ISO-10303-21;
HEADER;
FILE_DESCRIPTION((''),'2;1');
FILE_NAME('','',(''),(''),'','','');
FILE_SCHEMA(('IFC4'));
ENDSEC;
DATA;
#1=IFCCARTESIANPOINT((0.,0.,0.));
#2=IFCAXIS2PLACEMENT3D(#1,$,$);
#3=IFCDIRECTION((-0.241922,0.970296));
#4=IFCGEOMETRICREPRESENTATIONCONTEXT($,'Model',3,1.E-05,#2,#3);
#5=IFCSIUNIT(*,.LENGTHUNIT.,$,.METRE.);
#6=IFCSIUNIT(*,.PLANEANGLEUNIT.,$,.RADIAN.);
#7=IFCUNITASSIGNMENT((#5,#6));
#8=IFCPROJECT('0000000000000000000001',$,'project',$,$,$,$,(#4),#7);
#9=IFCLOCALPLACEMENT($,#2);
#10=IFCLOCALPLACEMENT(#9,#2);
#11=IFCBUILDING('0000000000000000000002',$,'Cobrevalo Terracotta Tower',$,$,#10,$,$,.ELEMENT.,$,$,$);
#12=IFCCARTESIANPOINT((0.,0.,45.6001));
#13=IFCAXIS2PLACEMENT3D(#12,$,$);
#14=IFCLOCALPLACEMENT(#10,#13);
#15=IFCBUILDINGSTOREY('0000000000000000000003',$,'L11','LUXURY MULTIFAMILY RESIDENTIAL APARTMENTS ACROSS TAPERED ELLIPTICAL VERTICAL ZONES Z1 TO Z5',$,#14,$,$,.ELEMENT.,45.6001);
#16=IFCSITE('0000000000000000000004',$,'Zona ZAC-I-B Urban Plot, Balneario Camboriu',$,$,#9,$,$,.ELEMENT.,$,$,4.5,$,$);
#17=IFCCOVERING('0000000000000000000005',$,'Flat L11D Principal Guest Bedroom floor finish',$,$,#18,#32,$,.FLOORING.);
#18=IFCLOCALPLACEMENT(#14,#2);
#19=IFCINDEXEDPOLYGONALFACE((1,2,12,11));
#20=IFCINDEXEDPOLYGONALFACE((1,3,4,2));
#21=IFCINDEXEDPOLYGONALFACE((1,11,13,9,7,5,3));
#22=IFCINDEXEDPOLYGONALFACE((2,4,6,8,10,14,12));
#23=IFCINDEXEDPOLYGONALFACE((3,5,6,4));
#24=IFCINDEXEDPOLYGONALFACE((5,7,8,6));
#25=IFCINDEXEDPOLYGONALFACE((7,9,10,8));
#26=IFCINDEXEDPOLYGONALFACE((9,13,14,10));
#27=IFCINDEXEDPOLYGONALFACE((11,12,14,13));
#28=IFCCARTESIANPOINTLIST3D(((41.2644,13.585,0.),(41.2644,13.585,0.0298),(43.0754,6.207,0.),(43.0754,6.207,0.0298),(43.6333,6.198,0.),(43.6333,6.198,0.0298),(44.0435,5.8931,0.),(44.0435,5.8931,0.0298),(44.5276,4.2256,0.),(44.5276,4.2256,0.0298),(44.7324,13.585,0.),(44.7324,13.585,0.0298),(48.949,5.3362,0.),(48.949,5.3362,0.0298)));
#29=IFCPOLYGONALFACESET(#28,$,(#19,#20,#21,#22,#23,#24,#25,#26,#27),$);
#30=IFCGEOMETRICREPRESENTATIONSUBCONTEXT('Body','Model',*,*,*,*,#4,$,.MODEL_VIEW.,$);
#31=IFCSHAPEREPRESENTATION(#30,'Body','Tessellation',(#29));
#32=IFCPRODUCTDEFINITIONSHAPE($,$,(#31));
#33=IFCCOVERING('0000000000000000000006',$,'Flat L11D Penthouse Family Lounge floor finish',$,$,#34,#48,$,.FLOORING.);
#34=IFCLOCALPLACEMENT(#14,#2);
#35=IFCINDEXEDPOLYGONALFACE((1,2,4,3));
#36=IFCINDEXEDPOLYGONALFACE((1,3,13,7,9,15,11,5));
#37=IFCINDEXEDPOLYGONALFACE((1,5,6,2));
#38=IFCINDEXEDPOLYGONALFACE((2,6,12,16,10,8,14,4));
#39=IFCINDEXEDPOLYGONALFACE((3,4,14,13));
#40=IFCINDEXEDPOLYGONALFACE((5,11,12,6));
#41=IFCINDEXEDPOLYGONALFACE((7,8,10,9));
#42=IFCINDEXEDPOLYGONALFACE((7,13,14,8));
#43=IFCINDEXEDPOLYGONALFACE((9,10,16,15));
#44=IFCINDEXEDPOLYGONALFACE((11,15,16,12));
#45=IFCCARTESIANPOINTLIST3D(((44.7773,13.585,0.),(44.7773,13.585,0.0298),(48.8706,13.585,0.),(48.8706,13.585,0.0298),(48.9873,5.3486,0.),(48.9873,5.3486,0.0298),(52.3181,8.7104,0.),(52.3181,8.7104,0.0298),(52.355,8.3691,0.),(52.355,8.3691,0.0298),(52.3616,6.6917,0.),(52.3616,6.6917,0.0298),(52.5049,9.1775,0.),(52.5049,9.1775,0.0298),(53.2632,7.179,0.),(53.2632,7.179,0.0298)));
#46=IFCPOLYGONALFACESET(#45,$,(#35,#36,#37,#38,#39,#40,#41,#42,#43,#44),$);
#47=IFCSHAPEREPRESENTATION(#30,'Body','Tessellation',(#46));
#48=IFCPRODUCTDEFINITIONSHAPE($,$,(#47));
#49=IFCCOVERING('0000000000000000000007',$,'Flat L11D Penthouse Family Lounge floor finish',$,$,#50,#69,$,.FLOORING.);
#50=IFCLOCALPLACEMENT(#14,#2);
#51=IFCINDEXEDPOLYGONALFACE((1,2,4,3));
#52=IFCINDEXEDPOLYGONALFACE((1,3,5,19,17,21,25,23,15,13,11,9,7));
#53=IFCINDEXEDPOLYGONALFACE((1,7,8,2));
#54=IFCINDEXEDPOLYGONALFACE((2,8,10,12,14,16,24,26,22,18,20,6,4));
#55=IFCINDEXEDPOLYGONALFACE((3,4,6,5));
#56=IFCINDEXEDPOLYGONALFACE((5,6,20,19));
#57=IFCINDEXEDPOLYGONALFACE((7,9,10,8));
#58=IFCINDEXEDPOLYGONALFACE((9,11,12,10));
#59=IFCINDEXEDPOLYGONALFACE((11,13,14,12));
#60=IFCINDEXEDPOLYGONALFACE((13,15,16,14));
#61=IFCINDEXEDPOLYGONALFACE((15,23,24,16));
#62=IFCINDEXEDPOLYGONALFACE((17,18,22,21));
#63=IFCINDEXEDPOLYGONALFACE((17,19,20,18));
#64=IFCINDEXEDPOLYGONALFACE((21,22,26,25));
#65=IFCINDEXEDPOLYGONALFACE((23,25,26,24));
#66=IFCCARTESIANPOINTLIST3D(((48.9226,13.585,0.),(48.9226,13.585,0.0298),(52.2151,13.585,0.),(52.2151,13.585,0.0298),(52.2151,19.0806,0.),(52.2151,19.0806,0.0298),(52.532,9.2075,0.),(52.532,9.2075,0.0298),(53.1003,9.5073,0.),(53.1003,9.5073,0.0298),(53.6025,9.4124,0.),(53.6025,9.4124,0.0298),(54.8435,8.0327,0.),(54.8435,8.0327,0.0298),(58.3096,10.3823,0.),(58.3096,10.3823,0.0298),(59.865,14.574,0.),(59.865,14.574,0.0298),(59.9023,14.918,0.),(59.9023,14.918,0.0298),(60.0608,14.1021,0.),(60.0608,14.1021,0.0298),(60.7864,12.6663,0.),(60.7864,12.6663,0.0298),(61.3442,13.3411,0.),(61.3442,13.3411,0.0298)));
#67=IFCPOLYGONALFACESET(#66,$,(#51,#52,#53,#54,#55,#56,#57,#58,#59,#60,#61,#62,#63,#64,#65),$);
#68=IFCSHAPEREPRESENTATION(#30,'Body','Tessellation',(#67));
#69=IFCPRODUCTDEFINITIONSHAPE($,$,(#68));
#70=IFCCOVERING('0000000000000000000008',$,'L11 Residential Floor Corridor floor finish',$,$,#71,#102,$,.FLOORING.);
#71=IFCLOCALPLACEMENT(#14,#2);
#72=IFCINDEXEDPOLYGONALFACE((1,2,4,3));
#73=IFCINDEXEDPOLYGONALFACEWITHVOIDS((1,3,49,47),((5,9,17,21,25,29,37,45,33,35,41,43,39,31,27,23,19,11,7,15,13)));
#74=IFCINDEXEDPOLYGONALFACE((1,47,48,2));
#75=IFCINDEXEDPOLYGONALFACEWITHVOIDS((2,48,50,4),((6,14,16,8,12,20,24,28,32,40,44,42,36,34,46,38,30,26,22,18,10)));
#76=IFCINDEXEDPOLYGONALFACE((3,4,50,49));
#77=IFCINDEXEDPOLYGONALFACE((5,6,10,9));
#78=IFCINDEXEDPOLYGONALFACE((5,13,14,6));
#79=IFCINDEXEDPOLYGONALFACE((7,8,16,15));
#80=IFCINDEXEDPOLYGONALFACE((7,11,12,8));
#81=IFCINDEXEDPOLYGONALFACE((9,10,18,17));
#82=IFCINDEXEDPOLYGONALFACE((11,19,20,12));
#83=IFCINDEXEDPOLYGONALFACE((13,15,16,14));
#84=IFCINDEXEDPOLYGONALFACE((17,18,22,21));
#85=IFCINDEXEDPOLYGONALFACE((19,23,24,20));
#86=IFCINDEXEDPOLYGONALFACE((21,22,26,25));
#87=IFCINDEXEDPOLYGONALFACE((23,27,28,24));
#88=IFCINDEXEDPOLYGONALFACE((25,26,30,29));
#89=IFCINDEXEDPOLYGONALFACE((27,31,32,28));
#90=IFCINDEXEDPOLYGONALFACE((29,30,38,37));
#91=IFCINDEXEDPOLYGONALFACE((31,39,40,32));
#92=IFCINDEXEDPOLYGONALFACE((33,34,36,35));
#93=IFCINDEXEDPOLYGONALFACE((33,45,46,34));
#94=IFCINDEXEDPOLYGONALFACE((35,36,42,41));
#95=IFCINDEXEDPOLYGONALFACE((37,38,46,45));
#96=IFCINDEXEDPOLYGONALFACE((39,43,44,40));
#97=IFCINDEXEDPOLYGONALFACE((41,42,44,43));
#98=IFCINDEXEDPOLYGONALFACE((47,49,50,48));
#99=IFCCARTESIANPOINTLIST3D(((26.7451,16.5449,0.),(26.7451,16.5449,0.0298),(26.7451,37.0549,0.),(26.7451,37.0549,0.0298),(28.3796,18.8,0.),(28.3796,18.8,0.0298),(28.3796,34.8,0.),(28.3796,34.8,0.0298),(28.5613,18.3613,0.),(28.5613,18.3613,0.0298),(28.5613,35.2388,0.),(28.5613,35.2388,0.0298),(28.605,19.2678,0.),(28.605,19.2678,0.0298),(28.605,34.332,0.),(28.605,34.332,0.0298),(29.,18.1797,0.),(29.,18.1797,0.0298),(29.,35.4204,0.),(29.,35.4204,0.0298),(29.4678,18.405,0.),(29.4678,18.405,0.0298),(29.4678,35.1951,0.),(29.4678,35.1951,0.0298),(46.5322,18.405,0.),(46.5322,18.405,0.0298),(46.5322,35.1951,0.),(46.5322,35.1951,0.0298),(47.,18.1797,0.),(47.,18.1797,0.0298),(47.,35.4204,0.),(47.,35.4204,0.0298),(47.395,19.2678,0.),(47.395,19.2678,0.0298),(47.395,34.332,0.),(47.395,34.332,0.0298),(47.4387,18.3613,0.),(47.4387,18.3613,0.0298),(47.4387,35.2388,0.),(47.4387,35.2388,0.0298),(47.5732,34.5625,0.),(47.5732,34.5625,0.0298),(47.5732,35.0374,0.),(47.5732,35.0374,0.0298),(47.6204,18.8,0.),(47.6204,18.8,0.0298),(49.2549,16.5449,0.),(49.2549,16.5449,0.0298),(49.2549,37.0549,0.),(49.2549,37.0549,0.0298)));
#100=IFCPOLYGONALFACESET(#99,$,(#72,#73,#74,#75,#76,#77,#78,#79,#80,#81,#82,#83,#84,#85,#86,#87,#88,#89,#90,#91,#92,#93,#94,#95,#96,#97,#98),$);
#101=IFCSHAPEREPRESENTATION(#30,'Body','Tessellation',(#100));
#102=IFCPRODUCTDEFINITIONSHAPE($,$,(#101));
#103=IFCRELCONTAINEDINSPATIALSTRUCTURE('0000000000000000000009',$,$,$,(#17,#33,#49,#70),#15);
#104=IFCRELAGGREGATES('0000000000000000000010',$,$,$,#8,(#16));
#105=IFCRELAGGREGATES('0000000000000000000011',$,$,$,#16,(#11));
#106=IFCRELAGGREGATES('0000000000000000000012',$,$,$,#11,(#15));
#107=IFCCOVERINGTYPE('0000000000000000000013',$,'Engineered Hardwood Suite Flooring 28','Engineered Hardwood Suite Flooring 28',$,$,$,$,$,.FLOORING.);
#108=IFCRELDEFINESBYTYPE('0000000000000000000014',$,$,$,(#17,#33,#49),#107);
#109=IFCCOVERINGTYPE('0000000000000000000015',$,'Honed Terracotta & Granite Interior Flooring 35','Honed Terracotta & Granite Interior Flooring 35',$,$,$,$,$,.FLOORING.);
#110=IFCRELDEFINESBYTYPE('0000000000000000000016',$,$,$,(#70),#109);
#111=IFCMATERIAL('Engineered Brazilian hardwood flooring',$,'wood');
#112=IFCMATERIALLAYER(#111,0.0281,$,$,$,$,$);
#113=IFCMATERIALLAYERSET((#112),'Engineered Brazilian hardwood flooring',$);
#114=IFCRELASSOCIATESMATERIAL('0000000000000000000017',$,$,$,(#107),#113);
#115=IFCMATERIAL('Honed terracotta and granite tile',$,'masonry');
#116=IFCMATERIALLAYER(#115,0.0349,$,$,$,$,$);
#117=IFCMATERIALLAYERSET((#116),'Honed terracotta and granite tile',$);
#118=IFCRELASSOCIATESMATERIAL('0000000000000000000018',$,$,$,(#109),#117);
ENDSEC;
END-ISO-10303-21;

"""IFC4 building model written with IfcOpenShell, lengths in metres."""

from ifc_helpers import new_model, si_unit, direction, frame, origin, place, context, subcontext, project, spatial, polyline, outline, extrude, material, layer, layer_set, type_object, element, save


model = new_model("IFC4")

# Units and contexts
model_context = context("Model", 3, precision=1e-05, world=origin(), true_north=direction((-0.241922, 0.970296)))
body_context = subcontext(model_context, "Body", "Model", "MODEL_VIEW")
ifc_project = project(units=[si_unit("LENGTHUNIT", "METRE"), si_unit("PLANEANGLEUNIT", "RADIAN")], contexts=[model_context])

# Site, building, storey
site_placement = place(None, origin())
site = spatial("IfcSite", under=ifc_project, at=site_placement, Name="Zona ZAC-I-B Urban Plot, Balneario Camboriu", CompositionType="ELEMENT", RefElevation=4.5)
building_placement = place(site_placement, origin())
building = spatial("IfcBuilding", under=site, at=building_placement, Name="Cobrevalo Terracotta Tower", CompositionType="ELEMENT")
storey_placement = place(building_placement, frame((0.0, 0.0, 45.6001)))
storey = spatial("IfcBuildingStorey", under=building, at=storey_placement, Name="L11", Description="LUXURY MULTIFAMILY RESIDENTIAL APARTMENTS ACROSS TAPERED ELLIPTICAL VERTICAL ZONES Z1 TO Z5", CompositionType="ELEMENT", Elevation=45.6001)

# Coverings
ifc_material_1 = material(Name="Engineered Brazilian hardwood flooring", Category="wood")
ifc_layer_1 = layer(ifc_material_1, 0.0281)
ifc_layer_set_1 = layer_set([ifc_layer_1], Name="Engineered Brazilian hardwood flooring")
covering_type_1 = type_object("IfcCoveringType", Name="Engineered Hardwood Suite Flooring 28", Description="Engineered Hardwood Suite Flooring 28", PredefinedType="FLOORING", material=ifc_layer_set_1)
covering_1_placement = place(storey_placement, origin())
element("IfcCovering", 1, at=covering_1_placement, inside=storey, type_object=covering_type_1, Name="Flat L11D Principal Guest Bedroom floor finish", PredefinedType="FLOORING", context=body_context, shape_type="SweptSolid", body=[
    extrude(outline(polyline([(44.5276, 4.2256), (44.0435, 5.8931), (43.6333, 6.198), (43.0754, 6.207), (41.2644, 13.585), (44.7324, 13.585), (48.949, 5.3362), (44.5276, 4.2256)])), origin(), (0.0, 0.0, 1.0), 0.0298),
])
covering_2_placement = place(storey_placement, origin())
element("IfcCovering", 2, at=covering_2_placement, inside=storey, type_object=covering_type_1, Name="Flat L11D Penthouse Family Lounge floor finish", PredefinedType="FLOORING", context=body_context, shape_type="SweptSolid", body=[
    extrude(outline(polyline([(48.9873, 5.3486), (44.7773, 13.585), (48.8706, 13.585), (52.5049, 9.1775), (52.3181, 8.7104), (52.355, 8.3691), (53.2632, 7.179), (52.3616, 6.6917), (48.9873, 5.3486)])), origin(), (0.0, 0.0, 1.0), 0.0298),
])
covering_3_placement = place(storey_placement, origin())
element("IfcCovering", 3, at=covering_3_placement, inside=storey, type_object=covering_type_1, Name="Flat L11D Penthouse Family Lounge floor finish", PredefinedType="FLOORING", context=body_context, shape_type="SweptSolid", body=[
    extrude(outline(polyline([(54.8435, 8.0327), (53.6025, 9.4124), (53.1003, 9.5073), (52.532, 9.2075), (48.9226, 13.585), (52.2151, 13.585), (52.2151, 19.0806), (59.9023, 14.918), (59.865, 14.574), (60.0608, 14.1021), (61.3442, 13.3411), (60.7864, 12.6663), (58.3096, 10.3823), (54.8435, 8.0327)])), origin(), (0.0, 0.0, 1.0), 0.0298),
])
ifc_material_2 = material(Name="Honed terracotta and granite tile", Category="masonry")
ifc_layer_2 = layer(ifc_material_2, 0.0349)
ifc_layer_set_2 = layer_set([ifc_layer_2], Name="Honed terracotta and granite tile")
covering_type_2 = type_object("IfcCoveringType", Name="Honed Terracotta & Granite Interior Flooring 35", Description="Honed Terracotta & Granite Interior Flooring 35", PredefinedType="FLOORING", material=ifc_layer_set_2)
covering_4_placement = place(storey_placement, origin())
element("IfcCovering", 4, at=covering_4_placement, inside=storey, type_object=covering_type_2, Name="L11 Residential Floor Corridor floor finish", PredefinedType="FLOORING", context=body_context, shape_type="SweptSolid", body=[
    extrude(outline(polyline([(49.2549, 37.0549), (49.2549, 16.5449), (26.7451, 16.5449), (26.7451, 37.0549), (49.2549, 37.0549)]), holes=[polyline([(47.395, 34.332), (47.5732, 34.5625), (47.5732, 35.0374), (47.4387, 35.2388), (47.0, 35.4204), (46.5322, 35.1951), (29.4678, 35.1951), (29.0, 35.4204), (28.5613, 35.2388), (28.3796, 34.8), (28.605, 34.332), (28.605, 19.2678), (28.3796, 18.8), (28.5613, 18.3613), (29.0, 18.1797), (29.4678, 18.405), (46.5322, 18.405), (47.0, 18.1797), (47.4387, 18.3613), (47.6204, 18.8), (47.395, 19.2678), (47.395, 34.332)])]), origin(), (0.0, 0.0, 1.0), 0.0298),
])

save(model, "model.ifc")
